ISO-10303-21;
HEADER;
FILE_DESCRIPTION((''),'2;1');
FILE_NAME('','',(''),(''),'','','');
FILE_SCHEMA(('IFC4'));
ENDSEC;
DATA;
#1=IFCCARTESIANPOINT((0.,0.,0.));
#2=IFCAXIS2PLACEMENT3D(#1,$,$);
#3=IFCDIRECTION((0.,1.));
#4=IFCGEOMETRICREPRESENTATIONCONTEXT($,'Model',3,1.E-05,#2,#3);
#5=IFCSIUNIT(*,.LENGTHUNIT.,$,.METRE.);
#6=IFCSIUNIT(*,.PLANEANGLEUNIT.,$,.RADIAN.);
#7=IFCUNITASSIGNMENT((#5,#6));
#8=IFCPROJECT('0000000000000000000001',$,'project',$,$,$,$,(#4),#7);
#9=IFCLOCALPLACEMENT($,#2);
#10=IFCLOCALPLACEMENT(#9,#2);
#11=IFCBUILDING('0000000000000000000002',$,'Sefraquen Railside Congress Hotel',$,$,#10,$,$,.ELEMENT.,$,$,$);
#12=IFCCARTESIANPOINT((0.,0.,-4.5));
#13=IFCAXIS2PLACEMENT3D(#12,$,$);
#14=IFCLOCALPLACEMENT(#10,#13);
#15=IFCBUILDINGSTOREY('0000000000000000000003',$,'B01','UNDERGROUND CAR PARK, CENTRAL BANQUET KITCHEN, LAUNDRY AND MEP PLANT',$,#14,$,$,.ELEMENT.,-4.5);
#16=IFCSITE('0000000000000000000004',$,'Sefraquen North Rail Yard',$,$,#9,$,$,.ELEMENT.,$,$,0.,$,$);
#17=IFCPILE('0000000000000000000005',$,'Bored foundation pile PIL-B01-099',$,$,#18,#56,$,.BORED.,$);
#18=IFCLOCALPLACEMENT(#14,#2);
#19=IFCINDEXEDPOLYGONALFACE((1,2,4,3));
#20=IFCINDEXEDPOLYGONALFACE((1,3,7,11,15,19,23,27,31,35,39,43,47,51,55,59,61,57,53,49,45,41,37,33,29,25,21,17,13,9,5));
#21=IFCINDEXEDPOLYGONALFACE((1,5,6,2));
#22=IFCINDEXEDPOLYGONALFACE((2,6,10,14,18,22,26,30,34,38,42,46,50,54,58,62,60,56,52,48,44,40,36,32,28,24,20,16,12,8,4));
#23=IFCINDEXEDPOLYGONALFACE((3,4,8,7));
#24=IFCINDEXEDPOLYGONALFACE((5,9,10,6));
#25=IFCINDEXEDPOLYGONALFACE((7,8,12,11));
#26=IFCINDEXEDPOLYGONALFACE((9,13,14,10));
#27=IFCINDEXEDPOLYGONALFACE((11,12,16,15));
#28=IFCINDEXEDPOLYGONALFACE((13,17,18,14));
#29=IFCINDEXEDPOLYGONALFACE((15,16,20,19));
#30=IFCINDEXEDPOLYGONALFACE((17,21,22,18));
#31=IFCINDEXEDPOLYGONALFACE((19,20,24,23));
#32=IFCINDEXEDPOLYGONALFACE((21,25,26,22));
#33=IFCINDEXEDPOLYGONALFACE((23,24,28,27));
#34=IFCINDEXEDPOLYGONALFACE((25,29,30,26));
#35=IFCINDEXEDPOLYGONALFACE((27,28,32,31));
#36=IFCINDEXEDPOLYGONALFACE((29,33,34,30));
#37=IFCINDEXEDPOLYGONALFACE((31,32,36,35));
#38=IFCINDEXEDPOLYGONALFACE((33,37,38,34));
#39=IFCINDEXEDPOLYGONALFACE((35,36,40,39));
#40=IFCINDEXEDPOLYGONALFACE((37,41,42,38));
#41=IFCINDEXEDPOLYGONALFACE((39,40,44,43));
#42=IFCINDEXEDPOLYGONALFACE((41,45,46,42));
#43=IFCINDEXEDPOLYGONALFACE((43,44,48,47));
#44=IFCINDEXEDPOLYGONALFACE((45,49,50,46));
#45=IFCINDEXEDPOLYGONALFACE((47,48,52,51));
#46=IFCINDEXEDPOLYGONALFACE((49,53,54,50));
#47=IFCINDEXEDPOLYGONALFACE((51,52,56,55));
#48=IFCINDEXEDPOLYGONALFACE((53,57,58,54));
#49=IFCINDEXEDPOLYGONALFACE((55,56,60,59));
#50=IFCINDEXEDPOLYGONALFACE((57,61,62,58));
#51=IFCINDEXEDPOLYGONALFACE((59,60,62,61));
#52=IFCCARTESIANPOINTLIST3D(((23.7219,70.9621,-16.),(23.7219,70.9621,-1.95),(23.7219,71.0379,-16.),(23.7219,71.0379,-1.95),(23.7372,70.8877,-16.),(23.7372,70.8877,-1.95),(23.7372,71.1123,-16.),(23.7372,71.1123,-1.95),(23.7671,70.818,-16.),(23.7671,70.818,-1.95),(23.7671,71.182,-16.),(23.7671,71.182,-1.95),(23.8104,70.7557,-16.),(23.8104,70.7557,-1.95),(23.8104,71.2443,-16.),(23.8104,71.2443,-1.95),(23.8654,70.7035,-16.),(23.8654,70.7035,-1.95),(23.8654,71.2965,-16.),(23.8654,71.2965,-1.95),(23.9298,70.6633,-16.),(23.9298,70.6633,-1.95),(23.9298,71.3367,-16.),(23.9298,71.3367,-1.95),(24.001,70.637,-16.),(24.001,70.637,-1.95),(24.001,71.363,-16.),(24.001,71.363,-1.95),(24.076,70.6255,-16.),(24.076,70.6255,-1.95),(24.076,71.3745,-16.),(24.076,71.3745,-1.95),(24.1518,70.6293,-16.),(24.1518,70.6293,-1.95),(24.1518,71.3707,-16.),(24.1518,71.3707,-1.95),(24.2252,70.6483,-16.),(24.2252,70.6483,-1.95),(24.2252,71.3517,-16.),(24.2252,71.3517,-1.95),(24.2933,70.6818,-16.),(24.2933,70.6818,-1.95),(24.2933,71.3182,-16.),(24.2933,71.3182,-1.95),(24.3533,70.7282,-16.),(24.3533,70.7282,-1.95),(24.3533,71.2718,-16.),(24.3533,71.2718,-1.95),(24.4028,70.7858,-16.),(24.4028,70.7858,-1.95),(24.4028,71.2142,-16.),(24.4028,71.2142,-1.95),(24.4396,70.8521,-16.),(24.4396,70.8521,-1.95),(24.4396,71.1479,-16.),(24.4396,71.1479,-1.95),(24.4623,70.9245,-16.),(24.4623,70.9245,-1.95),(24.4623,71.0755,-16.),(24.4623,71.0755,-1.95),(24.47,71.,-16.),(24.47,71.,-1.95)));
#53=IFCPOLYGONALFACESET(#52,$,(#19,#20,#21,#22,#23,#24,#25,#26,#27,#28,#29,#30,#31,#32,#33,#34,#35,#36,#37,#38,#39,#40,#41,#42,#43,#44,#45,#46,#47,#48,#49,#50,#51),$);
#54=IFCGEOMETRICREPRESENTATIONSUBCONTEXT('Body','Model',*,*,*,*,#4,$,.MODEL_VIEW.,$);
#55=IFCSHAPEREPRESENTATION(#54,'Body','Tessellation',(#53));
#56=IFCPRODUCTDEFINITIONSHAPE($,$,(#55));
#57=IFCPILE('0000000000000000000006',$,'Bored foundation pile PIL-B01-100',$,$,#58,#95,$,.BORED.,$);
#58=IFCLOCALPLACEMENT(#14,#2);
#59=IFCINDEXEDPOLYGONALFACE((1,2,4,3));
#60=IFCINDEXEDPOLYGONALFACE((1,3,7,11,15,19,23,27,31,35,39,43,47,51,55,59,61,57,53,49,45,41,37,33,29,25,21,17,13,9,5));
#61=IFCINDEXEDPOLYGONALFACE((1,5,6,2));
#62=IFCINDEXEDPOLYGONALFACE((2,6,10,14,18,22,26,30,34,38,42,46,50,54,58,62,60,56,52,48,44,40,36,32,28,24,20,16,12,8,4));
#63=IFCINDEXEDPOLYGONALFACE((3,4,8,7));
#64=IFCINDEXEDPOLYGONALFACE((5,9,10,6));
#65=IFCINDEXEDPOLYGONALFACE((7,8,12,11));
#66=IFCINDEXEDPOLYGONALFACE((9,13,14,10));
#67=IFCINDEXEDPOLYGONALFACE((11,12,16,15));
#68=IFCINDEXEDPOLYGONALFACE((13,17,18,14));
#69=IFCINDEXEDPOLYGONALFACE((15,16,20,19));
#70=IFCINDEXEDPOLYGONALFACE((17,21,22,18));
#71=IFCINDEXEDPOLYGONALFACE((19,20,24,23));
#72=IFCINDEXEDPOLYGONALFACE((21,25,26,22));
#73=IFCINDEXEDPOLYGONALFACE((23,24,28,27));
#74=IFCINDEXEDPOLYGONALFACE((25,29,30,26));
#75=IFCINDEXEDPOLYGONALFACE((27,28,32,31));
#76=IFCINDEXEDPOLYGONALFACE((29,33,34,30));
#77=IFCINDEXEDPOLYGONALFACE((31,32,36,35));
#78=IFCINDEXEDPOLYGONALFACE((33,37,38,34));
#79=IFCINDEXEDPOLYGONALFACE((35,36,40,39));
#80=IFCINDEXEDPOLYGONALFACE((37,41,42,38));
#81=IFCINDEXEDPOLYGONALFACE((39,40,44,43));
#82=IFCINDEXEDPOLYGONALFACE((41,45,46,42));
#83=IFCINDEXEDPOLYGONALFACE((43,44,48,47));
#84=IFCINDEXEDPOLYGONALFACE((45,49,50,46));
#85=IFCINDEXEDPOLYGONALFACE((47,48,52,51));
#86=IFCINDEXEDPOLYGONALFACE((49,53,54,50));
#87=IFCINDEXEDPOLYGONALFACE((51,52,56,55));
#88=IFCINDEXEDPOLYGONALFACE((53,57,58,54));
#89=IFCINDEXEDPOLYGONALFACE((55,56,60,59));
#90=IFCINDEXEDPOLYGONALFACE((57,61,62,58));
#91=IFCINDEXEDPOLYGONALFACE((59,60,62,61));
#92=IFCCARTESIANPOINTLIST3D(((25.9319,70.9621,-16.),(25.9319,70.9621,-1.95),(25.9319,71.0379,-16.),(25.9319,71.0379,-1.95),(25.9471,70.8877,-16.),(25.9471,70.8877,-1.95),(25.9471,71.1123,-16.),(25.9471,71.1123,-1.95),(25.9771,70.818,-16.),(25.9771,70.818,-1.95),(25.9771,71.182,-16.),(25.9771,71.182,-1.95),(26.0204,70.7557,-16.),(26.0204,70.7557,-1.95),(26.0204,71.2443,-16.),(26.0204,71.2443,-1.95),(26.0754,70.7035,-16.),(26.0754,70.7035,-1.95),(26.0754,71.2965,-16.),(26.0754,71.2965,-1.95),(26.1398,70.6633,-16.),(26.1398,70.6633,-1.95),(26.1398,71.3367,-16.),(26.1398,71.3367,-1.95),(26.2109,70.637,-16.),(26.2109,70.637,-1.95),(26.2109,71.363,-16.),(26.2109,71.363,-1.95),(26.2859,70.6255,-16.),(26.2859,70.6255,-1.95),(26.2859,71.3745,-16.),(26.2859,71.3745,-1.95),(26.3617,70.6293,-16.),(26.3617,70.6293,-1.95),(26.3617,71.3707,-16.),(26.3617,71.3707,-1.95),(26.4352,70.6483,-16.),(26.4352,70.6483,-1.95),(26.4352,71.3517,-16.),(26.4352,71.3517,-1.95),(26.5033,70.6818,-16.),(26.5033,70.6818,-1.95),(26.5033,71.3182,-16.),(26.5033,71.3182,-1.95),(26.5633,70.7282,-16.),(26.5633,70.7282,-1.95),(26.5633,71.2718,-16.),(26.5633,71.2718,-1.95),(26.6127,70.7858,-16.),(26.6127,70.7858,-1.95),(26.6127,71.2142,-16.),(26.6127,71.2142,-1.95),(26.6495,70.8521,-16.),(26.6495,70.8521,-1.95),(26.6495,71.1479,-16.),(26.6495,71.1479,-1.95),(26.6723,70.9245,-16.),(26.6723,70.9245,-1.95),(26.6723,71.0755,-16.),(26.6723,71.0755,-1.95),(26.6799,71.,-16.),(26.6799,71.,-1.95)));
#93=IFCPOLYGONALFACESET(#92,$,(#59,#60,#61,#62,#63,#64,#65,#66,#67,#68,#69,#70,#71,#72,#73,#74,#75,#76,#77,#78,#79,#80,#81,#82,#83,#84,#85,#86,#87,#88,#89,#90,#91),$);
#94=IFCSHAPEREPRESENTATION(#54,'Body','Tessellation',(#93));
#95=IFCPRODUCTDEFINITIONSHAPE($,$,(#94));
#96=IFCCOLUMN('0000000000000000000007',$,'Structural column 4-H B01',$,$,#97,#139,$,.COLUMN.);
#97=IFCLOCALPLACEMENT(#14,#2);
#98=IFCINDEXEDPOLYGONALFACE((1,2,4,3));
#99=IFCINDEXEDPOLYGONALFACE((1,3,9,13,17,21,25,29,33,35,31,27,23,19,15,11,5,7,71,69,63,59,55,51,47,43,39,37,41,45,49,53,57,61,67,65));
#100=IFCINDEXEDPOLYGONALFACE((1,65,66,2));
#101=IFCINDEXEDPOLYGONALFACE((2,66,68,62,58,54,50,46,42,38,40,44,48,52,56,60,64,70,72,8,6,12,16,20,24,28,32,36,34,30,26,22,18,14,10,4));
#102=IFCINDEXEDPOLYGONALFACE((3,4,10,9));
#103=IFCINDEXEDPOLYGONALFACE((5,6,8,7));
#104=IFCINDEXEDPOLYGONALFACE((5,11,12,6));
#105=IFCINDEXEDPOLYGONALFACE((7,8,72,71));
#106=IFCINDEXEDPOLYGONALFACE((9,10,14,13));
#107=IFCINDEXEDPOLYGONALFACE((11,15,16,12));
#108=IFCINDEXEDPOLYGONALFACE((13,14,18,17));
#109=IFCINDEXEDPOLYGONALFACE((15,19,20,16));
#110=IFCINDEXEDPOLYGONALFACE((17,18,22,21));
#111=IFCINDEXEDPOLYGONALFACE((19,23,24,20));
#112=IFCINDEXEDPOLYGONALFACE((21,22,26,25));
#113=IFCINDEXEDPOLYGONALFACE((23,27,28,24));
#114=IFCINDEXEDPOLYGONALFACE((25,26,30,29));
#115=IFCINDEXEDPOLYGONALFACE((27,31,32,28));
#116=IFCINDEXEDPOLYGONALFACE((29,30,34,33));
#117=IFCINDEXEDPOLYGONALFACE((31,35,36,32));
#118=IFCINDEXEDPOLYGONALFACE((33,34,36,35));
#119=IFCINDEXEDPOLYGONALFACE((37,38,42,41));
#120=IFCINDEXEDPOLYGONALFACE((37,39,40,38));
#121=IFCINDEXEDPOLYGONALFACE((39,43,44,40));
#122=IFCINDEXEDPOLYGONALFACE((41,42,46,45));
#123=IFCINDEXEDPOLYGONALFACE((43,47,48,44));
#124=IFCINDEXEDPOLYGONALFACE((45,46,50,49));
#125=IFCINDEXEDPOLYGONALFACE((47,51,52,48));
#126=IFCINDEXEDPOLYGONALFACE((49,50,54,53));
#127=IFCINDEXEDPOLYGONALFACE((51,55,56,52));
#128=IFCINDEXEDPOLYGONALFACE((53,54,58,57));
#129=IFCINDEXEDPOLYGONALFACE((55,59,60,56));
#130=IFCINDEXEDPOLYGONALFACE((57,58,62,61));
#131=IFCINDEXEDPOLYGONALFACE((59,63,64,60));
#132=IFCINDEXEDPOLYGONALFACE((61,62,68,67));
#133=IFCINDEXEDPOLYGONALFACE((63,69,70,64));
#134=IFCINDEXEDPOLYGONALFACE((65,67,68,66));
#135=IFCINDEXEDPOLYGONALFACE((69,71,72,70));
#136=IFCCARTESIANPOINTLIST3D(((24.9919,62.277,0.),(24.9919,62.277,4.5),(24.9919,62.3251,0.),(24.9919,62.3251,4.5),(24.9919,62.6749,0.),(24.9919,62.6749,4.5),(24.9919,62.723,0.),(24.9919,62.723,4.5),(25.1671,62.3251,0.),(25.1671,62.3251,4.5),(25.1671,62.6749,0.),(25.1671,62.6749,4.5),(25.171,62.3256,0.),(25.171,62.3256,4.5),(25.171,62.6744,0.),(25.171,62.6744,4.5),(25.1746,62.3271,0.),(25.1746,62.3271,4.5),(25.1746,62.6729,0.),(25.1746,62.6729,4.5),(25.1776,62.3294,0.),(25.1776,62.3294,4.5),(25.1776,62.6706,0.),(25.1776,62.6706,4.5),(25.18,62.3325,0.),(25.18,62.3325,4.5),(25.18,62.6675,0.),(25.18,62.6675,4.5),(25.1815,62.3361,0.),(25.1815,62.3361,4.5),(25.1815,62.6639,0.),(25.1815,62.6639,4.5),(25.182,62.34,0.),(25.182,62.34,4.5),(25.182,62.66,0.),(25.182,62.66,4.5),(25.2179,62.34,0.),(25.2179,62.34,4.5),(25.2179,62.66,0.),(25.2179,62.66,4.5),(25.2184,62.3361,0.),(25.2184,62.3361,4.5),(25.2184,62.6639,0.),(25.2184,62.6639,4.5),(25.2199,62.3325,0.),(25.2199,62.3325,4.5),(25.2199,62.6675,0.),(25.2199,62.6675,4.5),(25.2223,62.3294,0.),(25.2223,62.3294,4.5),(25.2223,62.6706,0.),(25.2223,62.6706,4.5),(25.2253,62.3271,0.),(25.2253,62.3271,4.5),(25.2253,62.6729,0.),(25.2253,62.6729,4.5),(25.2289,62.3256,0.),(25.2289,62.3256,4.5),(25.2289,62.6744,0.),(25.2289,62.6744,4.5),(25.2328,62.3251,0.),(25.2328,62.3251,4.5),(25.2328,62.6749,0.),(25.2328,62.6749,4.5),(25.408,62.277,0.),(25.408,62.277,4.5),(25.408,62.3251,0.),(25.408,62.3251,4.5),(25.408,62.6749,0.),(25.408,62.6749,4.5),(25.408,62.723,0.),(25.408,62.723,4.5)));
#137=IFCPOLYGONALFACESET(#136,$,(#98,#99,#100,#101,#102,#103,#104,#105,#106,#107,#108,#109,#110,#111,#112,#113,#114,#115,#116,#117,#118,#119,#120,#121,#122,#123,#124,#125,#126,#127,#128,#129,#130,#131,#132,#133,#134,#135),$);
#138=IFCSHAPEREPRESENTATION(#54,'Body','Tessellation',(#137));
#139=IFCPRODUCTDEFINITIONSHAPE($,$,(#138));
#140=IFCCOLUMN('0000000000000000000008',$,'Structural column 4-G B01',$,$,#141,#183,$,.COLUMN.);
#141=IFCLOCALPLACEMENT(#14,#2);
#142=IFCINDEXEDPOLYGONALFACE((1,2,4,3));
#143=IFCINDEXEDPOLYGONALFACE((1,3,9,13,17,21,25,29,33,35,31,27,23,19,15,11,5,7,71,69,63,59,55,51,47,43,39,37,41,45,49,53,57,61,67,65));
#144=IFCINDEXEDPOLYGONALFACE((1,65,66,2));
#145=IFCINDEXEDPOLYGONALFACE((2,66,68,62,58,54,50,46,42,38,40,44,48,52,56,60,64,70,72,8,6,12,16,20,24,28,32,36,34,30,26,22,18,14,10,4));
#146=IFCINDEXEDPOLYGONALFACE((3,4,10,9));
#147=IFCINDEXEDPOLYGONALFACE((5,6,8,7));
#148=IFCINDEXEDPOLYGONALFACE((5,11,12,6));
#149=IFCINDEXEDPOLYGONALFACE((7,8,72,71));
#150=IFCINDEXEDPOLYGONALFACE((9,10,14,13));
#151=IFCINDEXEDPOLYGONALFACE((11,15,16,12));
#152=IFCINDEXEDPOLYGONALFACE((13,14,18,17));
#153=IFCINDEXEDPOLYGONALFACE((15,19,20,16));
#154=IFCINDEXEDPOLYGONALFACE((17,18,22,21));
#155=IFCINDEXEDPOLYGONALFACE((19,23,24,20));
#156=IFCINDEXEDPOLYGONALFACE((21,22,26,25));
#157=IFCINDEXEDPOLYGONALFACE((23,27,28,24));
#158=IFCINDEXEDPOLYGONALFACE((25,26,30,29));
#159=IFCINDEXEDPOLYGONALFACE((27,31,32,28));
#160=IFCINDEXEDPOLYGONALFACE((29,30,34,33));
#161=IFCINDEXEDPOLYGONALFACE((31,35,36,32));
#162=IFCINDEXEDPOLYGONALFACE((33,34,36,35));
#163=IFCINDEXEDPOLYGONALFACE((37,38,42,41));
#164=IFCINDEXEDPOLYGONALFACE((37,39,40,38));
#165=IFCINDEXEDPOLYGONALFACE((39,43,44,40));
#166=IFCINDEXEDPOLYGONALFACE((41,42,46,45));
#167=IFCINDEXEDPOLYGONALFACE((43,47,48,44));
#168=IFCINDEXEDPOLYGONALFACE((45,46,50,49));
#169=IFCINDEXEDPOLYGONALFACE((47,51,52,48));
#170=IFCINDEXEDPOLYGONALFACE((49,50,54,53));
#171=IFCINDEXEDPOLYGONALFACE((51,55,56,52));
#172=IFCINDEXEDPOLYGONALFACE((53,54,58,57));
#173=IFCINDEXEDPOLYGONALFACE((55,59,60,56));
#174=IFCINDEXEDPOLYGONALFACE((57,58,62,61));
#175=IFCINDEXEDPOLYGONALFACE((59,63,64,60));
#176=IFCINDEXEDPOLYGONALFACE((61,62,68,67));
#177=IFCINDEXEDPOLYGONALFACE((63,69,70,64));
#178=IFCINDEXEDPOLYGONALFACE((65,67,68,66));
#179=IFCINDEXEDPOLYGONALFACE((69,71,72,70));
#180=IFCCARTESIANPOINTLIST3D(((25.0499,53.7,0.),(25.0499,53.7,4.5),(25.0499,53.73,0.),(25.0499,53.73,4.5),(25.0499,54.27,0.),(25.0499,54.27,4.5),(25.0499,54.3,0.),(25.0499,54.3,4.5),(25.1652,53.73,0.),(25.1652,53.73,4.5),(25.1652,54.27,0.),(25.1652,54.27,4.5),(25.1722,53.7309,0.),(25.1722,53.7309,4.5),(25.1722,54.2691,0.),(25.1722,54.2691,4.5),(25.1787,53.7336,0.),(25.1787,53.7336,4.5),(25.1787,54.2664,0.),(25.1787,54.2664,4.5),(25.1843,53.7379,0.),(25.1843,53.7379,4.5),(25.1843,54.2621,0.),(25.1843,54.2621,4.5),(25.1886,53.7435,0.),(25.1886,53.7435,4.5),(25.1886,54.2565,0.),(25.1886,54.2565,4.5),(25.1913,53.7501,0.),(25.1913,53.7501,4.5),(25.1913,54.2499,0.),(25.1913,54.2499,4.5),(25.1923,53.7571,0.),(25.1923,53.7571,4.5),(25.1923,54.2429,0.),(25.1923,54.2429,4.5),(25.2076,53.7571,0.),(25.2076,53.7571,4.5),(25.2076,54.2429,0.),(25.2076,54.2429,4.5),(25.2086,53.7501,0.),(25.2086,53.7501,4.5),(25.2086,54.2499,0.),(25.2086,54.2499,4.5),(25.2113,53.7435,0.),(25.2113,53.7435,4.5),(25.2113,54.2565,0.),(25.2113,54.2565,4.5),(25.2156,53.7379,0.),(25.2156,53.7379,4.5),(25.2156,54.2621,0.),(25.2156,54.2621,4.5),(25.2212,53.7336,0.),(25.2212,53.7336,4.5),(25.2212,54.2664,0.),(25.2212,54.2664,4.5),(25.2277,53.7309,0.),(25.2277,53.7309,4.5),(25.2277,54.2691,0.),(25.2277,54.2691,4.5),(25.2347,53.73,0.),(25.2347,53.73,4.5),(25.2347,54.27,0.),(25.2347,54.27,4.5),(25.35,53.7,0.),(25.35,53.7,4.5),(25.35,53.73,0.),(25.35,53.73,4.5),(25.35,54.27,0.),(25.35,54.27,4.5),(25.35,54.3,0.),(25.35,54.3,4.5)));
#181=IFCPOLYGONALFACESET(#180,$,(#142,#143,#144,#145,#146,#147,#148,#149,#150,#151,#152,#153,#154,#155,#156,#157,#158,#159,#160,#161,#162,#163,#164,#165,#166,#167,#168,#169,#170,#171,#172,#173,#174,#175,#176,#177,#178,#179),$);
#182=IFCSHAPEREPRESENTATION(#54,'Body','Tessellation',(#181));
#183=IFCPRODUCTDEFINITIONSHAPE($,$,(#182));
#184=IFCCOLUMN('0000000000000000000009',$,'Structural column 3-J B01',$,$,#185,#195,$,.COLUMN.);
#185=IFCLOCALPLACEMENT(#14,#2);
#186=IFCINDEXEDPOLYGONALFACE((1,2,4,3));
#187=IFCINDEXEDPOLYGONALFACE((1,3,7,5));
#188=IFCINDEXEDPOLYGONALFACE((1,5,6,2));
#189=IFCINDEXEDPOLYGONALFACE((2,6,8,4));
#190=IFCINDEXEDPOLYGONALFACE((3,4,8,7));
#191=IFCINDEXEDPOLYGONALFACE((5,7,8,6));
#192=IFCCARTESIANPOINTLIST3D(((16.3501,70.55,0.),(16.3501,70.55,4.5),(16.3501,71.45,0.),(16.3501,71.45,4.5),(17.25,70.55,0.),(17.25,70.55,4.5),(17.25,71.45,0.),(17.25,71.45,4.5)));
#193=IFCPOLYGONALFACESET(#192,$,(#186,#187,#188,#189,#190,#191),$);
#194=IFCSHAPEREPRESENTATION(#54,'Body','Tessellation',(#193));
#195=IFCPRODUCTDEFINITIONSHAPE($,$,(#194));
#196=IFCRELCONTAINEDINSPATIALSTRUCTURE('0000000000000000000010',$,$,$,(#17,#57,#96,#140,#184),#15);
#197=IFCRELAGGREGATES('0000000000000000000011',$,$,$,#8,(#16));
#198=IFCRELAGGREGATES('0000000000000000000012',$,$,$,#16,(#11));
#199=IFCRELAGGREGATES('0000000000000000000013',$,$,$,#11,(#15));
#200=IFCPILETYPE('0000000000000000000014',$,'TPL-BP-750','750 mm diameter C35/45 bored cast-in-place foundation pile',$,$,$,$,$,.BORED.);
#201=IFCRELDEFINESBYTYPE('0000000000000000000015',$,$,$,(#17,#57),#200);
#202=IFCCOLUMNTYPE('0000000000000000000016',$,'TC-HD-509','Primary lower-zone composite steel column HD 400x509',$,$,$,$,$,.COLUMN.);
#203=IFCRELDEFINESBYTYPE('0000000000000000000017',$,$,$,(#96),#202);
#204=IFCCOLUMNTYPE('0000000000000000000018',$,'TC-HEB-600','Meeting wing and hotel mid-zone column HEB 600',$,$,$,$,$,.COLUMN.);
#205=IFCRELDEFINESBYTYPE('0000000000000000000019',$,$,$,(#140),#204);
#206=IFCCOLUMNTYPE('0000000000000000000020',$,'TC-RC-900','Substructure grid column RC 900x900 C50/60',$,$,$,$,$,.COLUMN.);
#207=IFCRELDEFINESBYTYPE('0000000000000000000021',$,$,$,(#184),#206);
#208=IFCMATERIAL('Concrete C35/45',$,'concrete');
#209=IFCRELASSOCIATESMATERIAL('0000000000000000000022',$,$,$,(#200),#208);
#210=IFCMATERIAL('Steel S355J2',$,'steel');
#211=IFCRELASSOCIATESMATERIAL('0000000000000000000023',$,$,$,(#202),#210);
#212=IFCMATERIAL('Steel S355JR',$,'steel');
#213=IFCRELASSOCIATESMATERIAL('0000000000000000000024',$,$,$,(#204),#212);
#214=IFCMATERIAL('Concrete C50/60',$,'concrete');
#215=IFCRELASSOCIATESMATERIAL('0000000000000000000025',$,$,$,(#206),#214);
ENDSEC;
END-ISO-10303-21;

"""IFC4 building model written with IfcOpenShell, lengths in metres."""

from ifc_helpers import new_model, si_unit, direction, frame, origin, origin_2d, place, context, subcontext, project, spatial, rectangle, circle, i_section, extrude, material, material_profile, profile_set, type_object, element, save


model = new_model("IFC4")

# Units and contexts
model_context = context("Model", 3, precision=1e-05, world=origin(), true_north=direction((0.0, 1.0)))
body_context = subcontext(model_context, "Body", "Model", "MODEL_VIEW")
ifc_project = project(units=[si_unit("LENGTHUNIT", "METRE"), si_unit("PLANEANGLEUNIT", "RADIAN")], contexts=[model_context])

# Site, building, storey
site_placement = place(None, origin())
site = spatial("IfcSite", under=ifc_project, at=site_placement, Name="Sefraquen North Rail Yard", CompositionType="ELEMENT", RefElevation=0.0)
building_placement = place(site_placement, origin())
building = spatial("IfcBuilding", under=site, at=building_placement, Name="Sefraquen Railside Congress Hotel", CompositionType="ELEMENT")
storey_placement = place(building_placement, frame((0.0, 0.0, -4.5)))
storey = spatial("IfcBuildingStorey", under=building, at=storey_placement, Name="B01", Description="UNDERGROUND CAR PARK, CENTRAL BANQUET KITCHEN, LAUNDRY AND MEP PLANT", CompositionType="ELEMENT", Elevation=-4.5)

# Piles
ifc_material_1 = material(Name="Concrete C35/45", Category="concrete")
ifc_material_profile_1 = material_profile(ifc_material_1, circle(Radius=0.375, at=origin_2d()), Name="BORED PILE 750")
ifc_profile_set_1 = profile_set([ifc_material_profile_1], Name="Concrete C35/45")
pile_type_1 = type_object("IfcPileType", Name="TPL-BP-750", Description="750 mm diameter C35/45 bored cast-in-place foundation pile", PredefinedType="BORED", material=ifc_profile_set_1)
for number, where, z_axis, x_axis, name in (
    (1, (24.095, 71.0, -1.95), (0.0, 0.0, -1.0), (1.0, 0.0, 0.0), "Bored foundation pile PIL-B01-099"),
    (2, (26.3049, 71.0, -1.95), (0.0, 0.0, -1.0), (1.0, 0.0, 0.0), "Bored foundation pile PIL-B01-100"),
):
    element("IfcPile", number, at=place(storey_placement, frame(where, z_axis=z_axis, x_axis=x_axis)), inside=storey, type_object=pile_type_1, Name=name, PredefinedType="BORED", context=body_context, shape_type="SweptSolid", body=[
        extrude(circle(Radius=0.375, at=origin_2d()), origin(), (0.0, 0.0, 1.0), 14.05),
    ])

# Columns
ifc_material_2 = material(Name="Steel S355J2", Category="steel")
ifc_material_profile_2 = material_profile(ifc_material_2, i_section(OverallWidth=0.416, OverallDepth=0.446, WebThickness=0.0359, FlangeThickness=0.0481, FilletRadius=0.0149, at=origin_2d()), Name="HD 400x509")
ifc_profile_set_2 = profile_set([ifc_material_profile_2], Name="Steel S355J2")
column_type_1 = type_object("IfcColumnType", Name="TC-HD-509", Description="Primary lower-zone composite steel column HD 400x509", PredefinedType="COLUMN", material=ifc_profile_set_2)
column_1_placement = place(storey_placement, frame((25.2, 62.5, 0.0), z_axis=(0.0, 0.0, 1.0), x_axis=(1.0, 0.0, 0.0)))
element("IfcColumn", 3, at=column_1_placement, inside=storey, type_object=column_type_1, Name="Structural column 4-H B01", PredefinedType="COLUMN", context=body_context, shape_type="SweptSolid", body=[
    extrude(i_section(OverallWidth=0.416, OverallDepth=0.446, WebThickness=0.0359, FlangeThickness=0.0481, FilletRadius=0.0149, at=origin_2d()), origin(), (0.0, 0.0, 1.0), 4.5),
])
ifc_material_3 = material(Name="Steel S355JR", Category="steel")
ifc_material_profile_3 = material_profile(ifc_material_3, i_section(OverallWidth=0.3, OverallDepth=0.6001, WebThickness=0.0154, FlangeThickness=0.03, FilletRadius=0.0271, at=origin_2d()), Name="HEB 600")
ifc_profile_set_3 = profile_set([ifc_material_profile_3], Name="Steel S355JR")
column_type_2 = type_object("IfcColumnType", Name="TC-HEB-600", Description="Meeting wing and hotel mid-zone column HEB 600", PredefinedType="COLUMN", material=ifc_profile_set_3)
column_2_placement = place(storey_placement, frame((25.2, 54.0, 0.0), z_axis=(0.0, 0.0, 1.0), x_axis=(1.0, 0.0, 0.0)))
element("IfcColumn", 4, at=column_2_placement, inside=storey, type_object=column_type_2, Name="Structural column 4-G B01", PredefinedType="COLUMN", context=body_context, shape_type="SweptSolid", body=[
    extrude(i_section(OverallWidth=0.3, OverallDepth=0.6001, WebThickness=0.0154, FlangeThickness=0.03, FilletRadius=0.0271, at=origin_2d()), origin(), (0.0, 0.0, 1.0), 4.5),
])
ifc_material_4 = material(Name="Concrete C50/60", Category="concrete")
ifc_material_profile_4 = material_profile(ifc_material_4, rectangle(XDim=0.8999, YDim=0.8999, at=origin_2d()), Name="RC 900x900")
ifc_profile_set_4 = profile_set([ifc_material_profile_4], Name="Concrete C50/60")
column_type_3 = type_object("IfcColumnType", Name="TC-RC-900", Description="Substructure grid column RC 900x900 C50/60", PredefinedType="COLUMN", material=ifc_profile_set_4)
for number, where, z_axis, x_axis, name in (
    (5, (16.8, 71.0, 0.0), (0.0, 0.0, 1.0), (1.0, 0.0, 0.0), "Structural column 3-J B01"),
):
    element("IfcColumn", number, at=place(storey_placement, frame(where, z_axis=z_axis, x_axis=x_axis)), inside=storey, type_object=column_type_3, Name=name, PredefinedType="COLUMN", context=body_context, shape_type="SweptSolid", body=[
        extrude(rectangle(XDim=0.8999, YDim=0.8999, at=origin_2d()), origin(), (0.0, 0.0, 1.0), 4.5),
    ])

save(model, "model.ifc")
